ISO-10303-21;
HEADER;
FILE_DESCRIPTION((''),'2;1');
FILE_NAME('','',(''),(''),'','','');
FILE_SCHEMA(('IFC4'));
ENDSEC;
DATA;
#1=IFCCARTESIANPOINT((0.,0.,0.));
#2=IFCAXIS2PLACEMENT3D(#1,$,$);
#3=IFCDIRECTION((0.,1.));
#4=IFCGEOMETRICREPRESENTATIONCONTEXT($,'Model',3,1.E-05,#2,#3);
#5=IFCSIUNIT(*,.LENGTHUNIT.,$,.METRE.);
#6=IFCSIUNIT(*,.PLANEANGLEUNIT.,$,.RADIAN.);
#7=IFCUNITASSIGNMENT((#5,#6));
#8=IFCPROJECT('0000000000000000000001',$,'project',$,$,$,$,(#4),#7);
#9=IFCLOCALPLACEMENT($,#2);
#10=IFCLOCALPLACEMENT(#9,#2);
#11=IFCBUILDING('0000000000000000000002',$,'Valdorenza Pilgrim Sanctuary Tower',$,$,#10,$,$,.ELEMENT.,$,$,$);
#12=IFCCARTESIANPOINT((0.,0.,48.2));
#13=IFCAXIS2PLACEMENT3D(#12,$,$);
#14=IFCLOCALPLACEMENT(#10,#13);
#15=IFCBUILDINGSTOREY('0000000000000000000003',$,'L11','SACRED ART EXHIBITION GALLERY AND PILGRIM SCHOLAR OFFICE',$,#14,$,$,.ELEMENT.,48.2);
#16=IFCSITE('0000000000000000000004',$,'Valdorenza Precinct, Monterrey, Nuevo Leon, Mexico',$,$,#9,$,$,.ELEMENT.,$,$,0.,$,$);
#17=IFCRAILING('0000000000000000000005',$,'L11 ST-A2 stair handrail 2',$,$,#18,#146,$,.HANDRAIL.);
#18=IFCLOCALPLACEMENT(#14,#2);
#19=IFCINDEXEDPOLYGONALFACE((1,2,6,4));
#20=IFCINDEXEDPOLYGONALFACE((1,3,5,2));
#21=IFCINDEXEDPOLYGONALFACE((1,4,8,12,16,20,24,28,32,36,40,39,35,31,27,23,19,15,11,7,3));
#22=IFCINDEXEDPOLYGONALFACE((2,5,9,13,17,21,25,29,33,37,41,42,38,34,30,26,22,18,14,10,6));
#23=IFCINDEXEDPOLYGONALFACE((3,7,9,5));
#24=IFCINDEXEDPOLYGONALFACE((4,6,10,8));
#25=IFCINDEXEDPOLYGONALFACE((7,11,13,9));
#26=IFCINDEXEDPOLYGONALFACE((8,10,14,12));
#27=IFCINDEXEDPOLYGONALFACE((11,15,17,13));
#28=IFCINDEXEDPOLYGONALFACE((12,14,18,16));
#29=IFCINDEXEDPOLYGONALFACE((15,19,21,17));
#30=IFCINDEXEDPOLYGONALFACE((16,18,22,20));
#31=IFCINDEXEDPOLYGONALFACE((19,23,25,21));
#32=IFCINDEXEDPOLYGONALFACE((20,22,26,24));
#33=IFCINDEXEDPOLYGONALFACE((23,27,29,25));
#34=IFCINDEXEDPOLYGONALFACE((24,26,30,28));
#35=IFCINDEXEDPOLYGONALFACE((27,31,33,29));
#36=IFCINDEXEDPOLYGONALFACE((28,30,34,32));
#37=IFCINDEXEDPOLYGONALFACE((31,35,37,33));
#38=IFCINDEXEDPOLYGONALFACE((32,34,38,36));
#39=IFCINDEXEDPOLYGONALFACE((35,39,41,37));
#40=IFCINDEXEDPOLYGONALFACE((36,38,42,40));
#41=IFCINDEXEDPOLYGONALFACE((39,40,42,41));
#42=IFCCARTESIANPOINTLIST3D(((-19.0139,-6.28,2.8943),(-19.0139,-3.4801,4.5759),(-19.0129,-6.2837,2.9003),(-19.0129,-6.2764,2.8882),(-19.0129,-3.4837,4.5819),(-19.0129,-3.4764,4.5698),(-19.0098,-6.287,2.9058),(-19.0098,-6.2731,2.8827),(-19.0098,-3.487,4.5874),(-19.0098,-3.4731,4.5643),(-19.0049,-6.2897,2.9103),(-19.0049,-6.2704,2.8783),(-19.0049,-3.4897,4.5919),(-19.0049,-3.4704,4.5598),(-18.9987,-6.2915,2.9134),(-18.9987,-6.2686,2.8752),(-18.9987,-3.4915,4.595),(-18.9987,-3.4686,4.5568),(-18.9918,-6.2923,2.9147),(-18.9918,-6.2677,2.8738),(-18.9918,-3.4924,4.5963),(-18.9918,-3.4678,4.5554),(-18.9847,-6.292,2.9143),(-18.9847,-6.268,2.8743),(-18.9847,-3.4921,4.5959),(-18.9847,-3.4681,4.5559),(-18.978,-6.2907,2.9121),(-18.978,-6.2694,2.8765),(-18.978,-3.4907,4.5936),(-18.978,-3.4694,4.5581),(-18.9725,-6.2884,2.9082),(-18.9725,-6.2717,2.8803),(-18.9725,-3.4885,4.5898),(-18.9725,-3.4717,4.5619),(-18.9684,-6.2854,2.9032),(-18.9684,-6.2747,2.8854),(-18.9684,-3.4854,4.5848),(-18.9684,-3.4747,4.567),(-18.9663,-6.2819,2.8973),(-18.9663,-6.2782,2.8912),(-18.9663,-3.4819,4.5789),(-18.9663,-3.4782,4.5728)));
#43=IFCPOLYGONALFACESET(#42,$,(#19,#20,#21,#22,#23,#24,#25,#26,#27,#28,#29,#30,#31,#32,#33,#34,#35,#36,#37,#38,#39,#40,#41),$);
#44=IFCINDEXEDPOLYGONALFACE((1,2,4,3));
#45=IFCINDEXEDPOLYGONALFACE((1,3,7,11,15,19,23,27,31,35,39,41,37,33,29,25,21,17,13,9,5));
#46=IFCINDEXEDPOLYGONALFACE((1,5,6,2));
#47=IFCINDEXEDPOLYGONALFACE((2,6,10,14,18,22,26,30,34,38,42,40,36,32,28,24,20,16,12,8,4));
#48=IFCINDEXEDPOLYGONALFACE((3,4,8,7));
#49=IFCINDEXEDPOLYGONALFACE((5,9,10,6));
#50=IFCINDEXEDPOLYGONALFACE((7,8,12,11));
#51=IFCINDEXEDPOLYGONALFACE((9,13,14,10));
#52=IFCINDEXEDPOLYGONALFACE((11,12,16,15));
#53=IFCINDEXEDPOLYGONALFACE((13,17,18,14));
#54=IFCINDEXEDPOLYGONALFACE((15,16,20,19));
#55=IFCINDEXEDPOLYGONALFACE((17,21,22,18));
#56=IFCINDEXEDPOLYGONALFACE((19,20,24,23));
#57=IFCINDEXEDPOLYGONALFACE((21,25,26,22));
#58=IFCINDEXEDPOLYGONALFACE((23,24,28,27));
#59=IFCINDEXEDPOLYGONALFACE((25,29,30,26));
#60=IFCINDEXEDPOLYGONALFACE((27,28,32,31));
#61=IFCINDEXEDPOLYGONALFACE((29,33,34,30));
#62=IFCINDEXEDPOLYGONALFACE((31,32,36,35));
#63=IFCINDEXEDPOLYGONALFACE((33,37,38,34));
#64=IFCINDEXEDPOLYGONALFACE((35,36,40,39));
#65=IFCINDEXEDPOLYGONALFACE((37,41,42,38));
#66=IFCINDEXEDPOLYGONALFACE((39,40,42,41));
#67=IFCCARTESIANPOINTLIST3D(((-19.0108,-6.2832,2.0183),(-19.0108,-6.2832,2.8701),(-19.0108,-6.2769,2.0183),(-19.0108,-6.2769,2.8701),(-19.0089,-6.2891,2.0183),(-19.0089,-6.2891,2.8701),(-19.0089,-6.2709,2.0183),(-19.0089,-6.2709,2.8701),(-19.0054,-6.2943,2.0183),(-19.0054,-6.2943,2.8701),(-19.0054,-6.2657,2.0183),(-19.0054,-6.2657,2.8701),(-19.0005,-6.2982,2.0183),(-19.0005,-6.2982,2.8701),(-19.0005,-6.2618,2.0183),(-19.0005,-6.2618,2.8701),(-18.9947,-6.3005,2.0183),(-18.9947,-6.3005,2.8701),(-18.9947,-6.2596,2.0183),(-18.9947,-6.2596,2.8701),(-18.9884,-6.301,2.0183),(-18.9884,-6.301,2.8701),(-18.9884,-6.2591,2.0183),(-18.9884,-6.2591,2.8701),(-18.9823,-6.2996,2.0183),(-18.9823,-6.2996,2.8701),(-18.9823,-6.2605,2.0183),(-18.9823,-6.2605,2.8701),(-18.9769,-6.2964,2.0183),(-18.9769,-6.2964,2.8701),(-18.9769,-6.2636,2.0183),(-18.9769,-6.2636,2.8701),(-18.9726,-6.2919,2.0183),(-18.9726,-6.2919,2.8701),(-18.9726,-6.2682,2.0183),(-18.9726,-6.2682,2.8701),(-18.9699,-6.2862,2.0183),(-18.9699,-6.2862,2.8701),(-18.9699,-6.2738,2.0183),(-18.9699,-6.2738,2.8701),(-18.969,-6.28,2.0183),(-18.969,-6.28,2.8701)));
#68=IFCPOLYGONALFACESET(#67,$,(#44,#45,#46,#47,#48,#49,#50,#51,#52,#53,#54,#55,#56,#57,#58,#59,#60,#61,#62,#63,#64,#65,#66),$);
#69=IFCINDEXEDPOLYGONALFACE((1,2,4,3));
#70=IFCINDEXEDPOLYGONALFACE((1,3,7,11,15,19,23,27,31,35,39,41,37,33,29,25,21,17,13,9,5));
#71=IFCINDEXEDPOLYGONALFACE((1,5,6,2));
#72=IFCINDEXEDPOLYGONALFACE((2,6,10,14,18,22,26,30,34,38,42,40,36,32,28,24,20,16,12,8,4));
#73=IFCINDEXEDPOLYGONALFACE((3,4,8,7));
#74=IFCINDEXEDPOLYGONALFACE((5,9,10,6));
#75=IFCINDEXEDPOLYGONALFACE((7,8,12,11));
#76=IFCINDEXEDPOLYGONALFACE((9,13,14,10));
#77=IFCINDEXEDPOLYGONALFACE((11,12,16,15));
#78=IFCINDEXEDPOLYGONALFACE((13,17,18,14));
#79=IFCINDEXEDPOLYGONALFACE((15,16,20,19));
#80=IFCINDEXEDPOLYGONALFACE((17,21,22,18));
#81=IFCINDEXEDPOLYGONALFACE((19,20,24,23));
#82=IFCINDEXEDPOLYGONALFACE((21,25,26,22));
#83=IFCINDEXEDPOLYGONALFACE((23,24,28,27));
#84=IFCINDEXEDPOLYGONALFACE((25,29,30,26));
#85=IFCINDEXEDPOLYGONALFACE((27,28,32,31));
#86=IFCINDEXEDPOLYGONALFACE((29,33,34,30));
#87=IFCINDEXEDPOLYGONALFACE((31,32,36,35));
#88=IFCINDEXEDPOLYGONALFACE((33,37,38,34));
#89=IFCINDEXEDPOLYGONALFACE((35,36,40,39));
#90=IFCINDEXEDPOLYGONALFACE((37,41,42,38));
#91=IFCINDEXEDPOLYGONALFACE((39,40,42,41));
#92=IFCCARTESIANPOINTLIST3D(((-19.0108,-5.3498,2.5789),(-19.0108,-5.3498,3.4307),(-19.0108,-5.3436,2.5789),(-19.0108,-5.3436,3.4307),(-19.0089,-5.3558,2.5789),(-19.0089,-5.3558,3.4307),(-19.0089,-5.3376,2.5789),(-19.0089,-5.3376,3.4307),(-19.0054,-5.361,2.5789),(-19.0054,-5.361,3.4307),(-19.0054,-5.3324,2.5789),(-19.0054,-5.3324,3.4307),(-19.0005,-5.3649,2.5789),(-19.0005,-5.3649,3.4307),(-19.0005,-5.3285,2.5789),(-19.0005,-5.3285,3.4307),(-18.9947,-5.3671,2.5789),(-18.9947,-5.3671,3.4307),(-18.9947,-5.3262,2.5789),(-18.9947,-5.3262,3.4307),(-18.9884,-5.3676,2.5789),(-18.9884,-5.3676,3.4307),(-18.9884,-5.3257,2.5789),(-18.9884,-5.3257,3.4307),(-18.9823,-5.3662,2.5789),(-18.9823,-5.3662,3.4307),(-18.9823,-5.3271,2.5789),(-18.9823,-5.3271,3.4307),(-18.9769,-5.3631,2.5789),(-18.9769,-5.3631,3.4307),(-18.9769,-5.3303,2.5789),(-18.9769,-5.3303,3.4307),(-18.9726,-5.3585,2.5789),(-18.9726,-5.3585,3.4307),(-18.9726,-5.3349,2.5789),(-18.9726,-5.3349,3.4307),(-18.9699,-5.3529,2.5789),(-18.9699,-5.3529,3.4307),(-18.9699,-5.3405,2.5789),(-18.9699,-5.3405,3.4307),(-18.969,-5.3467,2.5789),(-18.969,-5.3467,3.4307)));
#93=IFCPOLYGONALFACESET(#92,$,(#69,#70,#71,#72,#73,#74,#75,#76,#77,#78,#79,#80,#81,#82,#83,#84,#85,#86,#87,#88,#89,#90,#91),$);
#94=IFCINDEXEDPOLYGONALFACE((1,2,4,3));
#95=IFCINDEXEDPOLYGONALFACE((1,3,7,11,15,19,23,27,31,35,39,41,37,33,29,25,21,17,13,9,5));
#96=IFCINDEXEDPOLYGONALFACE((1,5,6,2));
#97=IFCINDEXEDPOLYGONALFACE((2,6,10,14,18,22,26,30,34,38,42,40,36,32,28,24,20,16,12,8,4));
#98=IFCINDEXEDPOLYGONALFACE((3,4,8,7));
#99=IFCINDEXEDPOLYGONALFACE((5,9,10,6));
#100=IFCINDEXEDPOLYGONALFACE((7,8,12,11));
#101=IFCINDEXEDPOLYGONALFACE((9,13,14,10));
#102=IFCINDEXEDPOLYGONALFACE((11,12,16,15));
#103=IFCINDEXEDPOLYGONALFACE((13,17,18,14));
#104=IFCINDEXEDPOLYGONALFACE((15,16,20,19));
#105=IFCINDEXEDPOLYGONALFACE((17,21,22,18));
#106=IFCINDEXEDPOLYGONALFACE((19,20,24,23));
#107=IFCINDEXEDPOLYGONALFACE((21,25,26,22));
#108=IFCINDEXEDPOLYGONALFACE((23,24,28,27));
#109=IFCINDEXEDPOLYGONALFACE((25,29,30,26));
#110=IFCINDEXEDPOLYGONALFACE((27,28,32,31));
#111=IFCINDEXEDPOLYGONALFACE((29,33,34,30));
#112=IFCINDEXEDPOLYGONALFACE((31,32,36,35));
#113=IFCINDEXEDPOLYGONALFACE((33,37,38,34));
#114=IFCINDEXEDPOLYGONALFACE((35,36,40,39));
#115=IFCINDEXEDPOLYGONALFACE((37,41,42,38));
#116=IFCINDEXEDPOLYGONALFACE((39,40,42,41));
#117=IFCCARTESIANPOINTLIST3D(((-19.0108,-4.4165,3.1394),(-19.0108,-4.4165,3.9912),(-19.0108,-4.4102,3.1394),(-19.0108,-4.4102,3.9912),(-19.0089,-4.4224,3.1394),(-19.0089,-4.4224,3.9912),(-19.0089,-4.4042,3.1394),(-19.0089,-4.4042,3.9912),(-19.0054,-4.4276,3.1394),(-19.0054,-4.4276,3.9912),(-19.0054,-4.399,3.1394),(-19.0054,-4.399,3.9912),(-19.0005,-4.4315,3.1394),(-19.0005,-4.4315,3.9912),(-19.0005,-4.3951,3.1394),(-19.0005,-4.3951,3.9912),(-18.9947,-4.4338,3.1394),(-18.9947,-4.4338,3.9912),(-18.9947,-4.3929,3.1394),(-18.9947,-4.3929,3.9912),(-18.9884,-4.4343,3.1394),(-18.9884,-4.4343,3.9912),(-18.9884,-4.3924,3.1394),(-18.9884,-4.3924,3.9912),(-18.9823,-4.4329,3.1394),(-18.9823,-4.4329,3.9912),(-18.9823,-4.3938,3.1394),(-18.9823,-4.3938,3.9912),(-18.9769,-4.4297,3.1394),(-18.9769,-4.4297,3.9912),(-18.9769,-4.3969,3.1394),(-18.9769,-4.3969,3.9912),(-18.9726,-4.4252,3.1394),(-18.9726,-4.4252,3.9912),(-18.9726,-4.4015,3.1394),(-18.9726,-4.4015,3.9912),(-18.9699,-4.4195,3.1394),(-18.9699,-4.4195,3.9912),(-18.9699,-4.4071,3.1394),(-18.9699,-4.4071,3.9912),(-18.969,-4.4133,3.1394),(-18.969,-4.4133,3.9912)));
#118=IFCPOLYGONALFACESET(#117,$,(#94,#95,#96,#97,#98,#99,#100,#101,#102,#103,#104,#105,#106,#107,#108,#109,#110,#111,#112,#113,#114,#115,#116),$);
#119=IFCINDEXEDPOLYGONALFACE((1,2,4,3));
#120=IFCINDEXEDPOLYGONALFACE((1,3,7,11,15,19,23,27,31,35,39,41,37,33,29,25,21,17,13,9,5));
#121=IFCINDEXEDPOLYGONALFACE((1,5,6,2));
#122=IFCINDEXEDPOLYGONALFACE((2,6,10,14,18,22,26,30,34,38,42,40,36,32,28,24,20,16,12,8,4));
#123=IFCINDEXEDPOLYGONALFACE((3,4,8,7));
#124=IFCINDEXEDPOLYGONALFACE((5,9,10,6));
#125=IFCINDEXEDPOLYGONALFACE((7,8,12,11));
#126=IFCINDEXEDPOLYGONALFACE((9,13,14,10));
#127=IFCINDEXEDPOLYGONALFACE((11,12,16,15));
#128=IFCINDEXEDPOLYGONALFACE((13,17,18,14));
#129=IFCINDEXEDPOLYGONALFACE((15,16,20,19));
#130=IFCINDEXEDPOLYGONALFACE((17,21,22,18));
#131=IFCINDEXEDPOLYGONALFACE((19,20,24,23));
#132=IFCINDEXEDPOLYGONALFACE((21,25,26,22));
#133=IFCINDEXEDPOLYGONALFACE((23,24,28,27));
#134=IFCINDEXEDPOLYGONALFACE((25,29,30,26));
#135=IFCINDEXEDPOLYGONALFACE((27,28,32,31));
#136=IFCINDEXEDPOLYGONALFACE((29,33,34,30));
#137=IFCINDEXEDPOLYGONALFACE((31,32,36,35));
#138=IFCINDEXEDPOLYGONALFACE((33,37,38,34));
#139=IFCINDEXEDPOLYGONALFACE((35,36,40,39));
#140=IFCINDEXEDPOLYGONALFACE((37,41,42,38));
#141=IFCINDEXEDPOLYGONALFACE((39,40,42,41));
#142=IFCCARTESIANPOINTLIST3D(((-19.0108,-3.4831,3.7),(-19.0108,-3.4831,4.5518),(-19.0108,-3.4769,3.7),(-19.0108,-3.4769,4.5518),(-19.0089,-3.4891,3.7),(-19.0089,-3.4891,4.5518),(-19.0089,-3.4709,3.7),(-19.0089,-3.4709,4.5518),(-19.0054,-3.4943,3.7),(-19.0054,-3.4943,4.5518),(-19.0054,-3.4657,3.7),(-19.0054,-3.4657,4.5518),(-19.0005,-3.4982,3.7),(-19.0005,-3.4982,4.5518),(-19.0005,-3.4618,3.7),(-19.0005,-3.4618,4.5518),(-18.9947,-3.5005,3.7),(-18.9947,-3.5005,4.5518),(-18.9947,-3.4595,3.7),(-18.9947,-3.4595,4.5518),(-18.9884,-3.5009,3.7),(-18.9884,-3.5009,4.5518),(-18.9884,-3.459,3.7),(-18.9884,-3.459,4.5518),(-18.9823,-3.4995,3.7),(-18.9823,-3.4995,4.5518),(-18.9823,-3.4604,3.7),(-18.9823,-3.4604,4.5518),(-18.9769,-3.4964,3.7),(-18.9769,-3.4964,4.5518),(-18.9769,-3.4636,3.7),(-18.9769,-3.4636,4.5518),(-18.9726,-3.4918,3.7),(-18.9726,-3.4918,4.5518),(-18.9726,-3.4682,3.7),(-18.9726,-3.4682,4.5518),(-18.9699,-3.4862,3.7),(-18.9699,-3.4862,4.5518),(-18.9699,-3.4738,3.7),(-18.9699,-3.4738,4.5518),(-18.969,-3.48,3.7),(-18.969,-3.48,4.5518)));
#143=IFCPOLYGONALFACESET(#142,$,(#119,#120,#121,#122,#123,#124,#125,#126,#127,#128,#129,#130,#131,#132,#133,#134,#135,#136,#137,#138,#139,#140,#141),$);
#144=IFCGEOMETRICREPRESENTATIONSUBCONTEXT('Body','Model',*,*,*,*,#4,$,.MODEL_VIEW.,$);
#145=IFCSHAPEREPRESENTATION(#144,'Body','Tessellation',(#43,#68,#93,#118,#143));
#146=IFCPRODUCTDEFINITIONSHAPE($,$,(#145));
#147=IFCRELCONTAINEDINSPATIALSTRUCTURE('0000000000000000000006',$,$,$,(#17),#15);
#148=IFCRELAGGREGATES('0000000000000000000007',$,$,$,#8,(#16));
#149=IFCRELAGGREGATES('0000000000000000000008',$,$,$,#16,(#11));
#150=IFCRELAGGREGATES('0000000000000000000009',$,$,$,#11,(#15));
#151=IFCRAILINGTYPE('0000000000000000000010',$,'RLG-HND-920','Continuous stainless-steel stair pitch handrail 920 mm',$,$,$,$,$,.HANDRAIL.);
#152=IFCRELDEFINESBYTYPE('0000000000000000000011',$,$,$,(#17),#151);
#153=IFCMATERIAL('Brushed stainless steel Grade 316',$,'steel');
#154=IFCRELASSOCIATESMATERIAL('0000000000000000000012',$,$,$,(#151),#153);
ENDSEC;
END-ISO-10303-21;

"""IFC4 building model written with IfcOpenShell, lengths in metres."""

from ifc_helpers import new_model, si_unit, direction, frame, origin, origin_2d, place, context, subcontext, project, spatial, circle, extrude, material, type_object, element, save


model = new_model("IFC4")

# Units and contexts
model_context = context("Model", 3, precision=1e-05, world=origin(), true_north=direction((0.0, 1.0)))
body_context = subcontext(model_context, "Body", "Model", "MODEL_VIEW")
ifc_project = project(units=[si_unit("LENGTHUNIT", "METRE"), si_unit("PLANEANGLEUNIT", "RADIAN")], contexts=[model_context])

# Site, building, storey
site_placement = place(None, origin())
site = spatial("IfcSite", under=ifc_project, at=site_placement, Name="Valdorenza Precinct, Monterrey, Nuevo Leon, Mexico", CompositionType="ELEMENT", RefElevation=0.0)
building_placement = place(site_placement, origin())
building = spatial("IfcBuilding", under=site, at=building_placement, Name="Valdorenza Pilgrim Sanctuary Tower", CompositionType="ELEMENT")
storey_placement = place(building_placement, frame((0.0, 0.0, 48.2)))
storey = spatial("IfcBuildingStorey", under=building, at=storey_placement, Name="L11", Description="SACRED ART EXHIBITION GALLERY AND PILGRIM SCHOLAR OFFICE", CompositionType="ELEMENT", Elevation=48.2)

# Shared definitions
ifc_material_1 = material(Name="Brushed stainless steel Grade 316", Category="steel")

# Railing
railing_type_1 = type_object("IfcRailingType", Name="RLG-HND-920", Description="Continuous stainless-steel stair pitch handrail 920 mm", PredefinedType="HANDRAIL", material=ifc_material_1)
railing_1_placement = place(storey_placement, frame((-18.99, -6.28, 2.0183)))
element("IfcRailing", 1, at=railing_1_placement, inside=storey, type_object=railing_type_1, Name="L11 ST-A2 stair handrail 2", PredefinedType="HANDRAIL", context=body_context, shape_type="SweptSolid", body=[
    extrude(circle(Radius=0.0239, at=origin_2d()), frame((0.0, 0.0, 0.876), z_axis=(0.0, 0.857275, 0.514858), x_axis=(-1.0, 0.0, 0.0)), (0.0, 0.0, 1.0), 3.2661),
    extrude(circle(Radius=0.021, at=origin_2d()), origin(), (0.0, 0.0, 1.0), 0.8518),
    extrude(circle(Radius=0.021, at=origin_2d()), frame((0.0, 0.9333, 0.5605)), (0.0, 0.0, 1.0), 0.8518),
    extrude(circle(Radius=0.021, at=origin_2d()), frame((0.0, 1.8667, 1.1211)), (0.0, 0.0, 1.0), 0.8518),
    extrude(circle(Radius=0.021, at=origin_2d()), frame((0.0, 2.8, 1.6816)), (0.0, 0.0, 1.0), 0.8518),
])

save(model, "model.ifc")
